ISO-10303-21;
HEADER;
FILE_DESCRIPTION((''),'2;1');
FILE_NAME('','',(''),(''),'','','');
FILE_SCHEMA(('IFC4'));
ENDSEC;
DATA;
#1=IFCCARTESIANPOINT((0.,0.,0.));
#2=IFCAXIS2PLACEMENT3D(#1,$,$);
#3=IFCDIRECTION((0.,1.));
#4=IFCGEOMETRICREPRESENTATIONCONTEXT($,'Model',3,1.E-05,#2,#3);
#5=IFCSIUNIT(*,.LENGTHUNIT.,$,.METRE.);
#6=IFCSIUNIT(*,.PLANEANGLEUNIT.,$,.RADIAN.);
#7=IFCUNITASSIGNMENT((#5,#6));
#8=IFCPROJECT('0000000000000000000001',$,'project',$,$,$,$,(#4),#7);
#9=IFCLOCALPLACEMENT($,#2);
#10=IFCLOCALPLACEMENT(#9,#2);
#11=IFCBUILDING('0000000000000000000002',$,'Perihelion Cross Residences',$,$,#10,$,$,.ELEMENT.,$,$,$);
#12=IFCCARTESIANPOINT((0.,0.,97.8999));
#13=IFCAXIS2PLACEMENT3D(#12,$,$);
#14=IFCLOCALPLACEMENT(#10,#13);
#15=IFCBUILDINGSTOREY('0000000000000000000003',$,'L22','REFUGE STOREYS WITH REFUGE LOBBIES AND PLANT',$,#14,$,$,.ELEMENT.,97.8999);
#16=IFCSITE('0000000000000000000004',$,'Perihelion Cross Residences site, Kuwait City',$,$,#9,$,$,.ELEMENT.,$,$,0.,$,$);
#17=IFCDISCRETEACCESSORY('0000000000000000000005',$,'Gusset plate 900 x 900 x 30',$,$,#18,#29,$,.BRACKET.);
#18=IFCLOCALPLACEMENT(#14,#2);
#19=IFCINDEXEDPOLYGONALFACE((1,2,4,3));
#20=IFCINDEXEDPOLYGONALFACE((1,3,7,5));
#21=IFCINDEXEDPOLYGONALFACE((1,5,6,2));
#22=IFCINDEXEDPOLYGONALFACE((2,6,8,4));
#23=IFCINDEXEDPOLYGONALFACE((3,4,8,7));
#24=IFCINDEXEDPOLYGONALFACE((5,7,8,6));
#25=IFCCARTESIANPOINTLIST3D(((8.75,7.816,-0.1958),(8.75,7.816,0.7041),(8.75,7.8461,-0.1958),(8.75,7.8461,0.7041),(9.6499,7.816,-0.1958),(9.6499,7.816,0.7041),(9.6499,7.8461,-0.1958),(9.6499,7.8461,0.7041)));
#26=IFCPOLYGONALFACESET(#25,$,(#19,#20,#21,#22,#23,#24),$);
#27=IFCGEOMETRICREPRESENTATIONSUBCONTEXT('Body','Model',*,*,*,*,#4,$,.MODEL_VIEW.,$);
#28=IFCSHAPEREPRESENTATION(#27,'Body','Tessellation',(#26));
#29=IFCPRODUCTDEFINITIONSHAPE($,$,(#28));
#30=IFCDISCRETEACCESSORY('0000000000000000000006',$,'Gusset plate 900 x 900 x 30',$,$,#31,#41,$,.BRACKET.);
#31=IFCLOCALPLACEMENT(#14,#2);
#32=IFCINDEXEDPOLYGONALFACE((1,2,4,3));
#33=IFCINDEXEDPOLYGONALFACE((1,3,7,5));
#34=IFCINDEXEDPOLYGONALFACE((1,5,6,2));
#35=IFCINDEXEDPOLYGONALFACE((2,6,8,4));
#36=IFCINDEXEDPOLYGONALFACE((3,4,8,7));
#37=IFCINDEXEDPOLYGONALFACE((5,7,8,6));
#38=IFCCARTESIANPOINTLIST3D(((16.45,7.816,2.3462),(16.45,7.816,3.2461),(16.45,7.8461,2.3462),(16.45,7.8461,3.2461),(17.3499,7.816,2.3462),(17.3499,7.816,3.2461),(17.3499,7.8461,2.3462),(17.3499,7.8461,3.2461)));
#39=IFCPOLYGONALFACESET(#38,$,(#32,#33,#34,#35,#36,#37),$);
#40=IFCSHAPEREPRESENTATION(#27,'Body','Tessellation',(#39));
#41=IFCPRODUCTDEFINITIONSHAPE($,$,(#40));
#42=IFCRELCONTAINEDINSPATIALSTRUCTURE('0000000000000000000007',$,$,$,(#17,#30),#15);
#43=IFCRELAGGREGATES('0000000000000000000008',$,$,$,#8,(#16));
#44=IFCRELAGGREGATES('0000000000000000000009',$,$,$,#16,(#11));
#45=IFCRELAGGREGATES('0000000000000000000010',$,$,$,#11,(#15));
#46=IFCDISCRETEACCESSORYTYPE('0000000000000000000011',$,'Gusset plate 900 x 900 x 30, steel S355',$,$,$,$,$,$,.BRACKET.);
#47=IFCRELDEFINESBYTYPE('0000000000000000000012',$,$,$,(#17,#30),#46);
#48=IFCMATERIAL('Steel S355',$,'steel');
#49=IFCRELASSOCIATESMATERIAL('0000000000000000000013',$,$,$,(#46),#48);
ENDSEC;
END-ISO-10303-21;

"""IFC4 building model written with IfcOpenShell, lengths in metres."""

from ifc_helpers import new_model, si_unit, direction, frame, origin, origin_2d, place, context, subcontext, project, spatial, rectangle, extrude, material, type_object, element, save


model = new_model("IFC4")

# Units and contexts
model_context = context("Model", 3, precision=1e-05, world=origin(), true_north=direction((0.0, 1.0)))
body_context = subcontext(model_context, "Body", "Model", "MODEL_VIEW")
ifc_project = project(units=[si_unit("LENGTHUNIT", "METRE"), si_unit("PLANEANGLEUNIT", "RADIAN")], contexts=[model_context])

# Site, building, storey
site_placement = place(None, origin())
site = spatial("IfcSite", under=ifc_project, at=site_placement, Name="Perihelion Cross Residences site, Kuwait City", CompositionType="ELEMENT", RefElevation=0.0)
building_placement = place(site_placement, origin())
building = spatial("IfcBuilding", under=site, at=building_placement, Name="Perihelion Cross Residences", CompositionType="ELEMENT")
storey_placement = place(building_placement, frame((0.0, 0.0, 97.8999)))
storey = spatial("IfcBuildingStorey", under=building, at=storey_placement, Name="L22", Description="REFUGE STOREYS WITH REFUGE LOBBIES AND PLANT", CompositionType="ELEMENT", Elevation=97.8999)

# Discrete accessories
ifc_material_1 = material(Name="Steel S355", Category="steel")
discrete_accessory_type = type_object("IfcDiscreteAccessoryType", Name="Gusset plate 900 x 900 x 30, steel S355", PredefinedType="BRACKET", material=ifc_material_1)
for number, where, z_axis, x_axis, name in (
    (1, (9.2, 7.8311, -0.1958), (0.0, 0.0, 1.0), (1.0, 0.0, 0.0), "Gusset plate 900 x 900 x 30"),
    (2, (16.8999, 7.8311, 2.3462), (0.0, 0.0, 1.0), (-1.0, 0.0, 0.0), "Gusset plate 900 x 900 x 30"),
):
    element("IfcDiscreteAccessory", number, at=place(storey_placement, frame(where, z_axis=z_axis, x_axis=x_axis)), inside=storey, type_object=discrete_accessory_type, Name=name, PredefinedType="BRACKET", context=body_context, shape_type="SweptSolid", body=[
        extrude(rectangle(XDim=0.8999, YDim=0.03, at=origin_2d()), origin(), (0.0, 0.0, 1.0), 0.8999),
    ])

save(model, "model.ifc")
